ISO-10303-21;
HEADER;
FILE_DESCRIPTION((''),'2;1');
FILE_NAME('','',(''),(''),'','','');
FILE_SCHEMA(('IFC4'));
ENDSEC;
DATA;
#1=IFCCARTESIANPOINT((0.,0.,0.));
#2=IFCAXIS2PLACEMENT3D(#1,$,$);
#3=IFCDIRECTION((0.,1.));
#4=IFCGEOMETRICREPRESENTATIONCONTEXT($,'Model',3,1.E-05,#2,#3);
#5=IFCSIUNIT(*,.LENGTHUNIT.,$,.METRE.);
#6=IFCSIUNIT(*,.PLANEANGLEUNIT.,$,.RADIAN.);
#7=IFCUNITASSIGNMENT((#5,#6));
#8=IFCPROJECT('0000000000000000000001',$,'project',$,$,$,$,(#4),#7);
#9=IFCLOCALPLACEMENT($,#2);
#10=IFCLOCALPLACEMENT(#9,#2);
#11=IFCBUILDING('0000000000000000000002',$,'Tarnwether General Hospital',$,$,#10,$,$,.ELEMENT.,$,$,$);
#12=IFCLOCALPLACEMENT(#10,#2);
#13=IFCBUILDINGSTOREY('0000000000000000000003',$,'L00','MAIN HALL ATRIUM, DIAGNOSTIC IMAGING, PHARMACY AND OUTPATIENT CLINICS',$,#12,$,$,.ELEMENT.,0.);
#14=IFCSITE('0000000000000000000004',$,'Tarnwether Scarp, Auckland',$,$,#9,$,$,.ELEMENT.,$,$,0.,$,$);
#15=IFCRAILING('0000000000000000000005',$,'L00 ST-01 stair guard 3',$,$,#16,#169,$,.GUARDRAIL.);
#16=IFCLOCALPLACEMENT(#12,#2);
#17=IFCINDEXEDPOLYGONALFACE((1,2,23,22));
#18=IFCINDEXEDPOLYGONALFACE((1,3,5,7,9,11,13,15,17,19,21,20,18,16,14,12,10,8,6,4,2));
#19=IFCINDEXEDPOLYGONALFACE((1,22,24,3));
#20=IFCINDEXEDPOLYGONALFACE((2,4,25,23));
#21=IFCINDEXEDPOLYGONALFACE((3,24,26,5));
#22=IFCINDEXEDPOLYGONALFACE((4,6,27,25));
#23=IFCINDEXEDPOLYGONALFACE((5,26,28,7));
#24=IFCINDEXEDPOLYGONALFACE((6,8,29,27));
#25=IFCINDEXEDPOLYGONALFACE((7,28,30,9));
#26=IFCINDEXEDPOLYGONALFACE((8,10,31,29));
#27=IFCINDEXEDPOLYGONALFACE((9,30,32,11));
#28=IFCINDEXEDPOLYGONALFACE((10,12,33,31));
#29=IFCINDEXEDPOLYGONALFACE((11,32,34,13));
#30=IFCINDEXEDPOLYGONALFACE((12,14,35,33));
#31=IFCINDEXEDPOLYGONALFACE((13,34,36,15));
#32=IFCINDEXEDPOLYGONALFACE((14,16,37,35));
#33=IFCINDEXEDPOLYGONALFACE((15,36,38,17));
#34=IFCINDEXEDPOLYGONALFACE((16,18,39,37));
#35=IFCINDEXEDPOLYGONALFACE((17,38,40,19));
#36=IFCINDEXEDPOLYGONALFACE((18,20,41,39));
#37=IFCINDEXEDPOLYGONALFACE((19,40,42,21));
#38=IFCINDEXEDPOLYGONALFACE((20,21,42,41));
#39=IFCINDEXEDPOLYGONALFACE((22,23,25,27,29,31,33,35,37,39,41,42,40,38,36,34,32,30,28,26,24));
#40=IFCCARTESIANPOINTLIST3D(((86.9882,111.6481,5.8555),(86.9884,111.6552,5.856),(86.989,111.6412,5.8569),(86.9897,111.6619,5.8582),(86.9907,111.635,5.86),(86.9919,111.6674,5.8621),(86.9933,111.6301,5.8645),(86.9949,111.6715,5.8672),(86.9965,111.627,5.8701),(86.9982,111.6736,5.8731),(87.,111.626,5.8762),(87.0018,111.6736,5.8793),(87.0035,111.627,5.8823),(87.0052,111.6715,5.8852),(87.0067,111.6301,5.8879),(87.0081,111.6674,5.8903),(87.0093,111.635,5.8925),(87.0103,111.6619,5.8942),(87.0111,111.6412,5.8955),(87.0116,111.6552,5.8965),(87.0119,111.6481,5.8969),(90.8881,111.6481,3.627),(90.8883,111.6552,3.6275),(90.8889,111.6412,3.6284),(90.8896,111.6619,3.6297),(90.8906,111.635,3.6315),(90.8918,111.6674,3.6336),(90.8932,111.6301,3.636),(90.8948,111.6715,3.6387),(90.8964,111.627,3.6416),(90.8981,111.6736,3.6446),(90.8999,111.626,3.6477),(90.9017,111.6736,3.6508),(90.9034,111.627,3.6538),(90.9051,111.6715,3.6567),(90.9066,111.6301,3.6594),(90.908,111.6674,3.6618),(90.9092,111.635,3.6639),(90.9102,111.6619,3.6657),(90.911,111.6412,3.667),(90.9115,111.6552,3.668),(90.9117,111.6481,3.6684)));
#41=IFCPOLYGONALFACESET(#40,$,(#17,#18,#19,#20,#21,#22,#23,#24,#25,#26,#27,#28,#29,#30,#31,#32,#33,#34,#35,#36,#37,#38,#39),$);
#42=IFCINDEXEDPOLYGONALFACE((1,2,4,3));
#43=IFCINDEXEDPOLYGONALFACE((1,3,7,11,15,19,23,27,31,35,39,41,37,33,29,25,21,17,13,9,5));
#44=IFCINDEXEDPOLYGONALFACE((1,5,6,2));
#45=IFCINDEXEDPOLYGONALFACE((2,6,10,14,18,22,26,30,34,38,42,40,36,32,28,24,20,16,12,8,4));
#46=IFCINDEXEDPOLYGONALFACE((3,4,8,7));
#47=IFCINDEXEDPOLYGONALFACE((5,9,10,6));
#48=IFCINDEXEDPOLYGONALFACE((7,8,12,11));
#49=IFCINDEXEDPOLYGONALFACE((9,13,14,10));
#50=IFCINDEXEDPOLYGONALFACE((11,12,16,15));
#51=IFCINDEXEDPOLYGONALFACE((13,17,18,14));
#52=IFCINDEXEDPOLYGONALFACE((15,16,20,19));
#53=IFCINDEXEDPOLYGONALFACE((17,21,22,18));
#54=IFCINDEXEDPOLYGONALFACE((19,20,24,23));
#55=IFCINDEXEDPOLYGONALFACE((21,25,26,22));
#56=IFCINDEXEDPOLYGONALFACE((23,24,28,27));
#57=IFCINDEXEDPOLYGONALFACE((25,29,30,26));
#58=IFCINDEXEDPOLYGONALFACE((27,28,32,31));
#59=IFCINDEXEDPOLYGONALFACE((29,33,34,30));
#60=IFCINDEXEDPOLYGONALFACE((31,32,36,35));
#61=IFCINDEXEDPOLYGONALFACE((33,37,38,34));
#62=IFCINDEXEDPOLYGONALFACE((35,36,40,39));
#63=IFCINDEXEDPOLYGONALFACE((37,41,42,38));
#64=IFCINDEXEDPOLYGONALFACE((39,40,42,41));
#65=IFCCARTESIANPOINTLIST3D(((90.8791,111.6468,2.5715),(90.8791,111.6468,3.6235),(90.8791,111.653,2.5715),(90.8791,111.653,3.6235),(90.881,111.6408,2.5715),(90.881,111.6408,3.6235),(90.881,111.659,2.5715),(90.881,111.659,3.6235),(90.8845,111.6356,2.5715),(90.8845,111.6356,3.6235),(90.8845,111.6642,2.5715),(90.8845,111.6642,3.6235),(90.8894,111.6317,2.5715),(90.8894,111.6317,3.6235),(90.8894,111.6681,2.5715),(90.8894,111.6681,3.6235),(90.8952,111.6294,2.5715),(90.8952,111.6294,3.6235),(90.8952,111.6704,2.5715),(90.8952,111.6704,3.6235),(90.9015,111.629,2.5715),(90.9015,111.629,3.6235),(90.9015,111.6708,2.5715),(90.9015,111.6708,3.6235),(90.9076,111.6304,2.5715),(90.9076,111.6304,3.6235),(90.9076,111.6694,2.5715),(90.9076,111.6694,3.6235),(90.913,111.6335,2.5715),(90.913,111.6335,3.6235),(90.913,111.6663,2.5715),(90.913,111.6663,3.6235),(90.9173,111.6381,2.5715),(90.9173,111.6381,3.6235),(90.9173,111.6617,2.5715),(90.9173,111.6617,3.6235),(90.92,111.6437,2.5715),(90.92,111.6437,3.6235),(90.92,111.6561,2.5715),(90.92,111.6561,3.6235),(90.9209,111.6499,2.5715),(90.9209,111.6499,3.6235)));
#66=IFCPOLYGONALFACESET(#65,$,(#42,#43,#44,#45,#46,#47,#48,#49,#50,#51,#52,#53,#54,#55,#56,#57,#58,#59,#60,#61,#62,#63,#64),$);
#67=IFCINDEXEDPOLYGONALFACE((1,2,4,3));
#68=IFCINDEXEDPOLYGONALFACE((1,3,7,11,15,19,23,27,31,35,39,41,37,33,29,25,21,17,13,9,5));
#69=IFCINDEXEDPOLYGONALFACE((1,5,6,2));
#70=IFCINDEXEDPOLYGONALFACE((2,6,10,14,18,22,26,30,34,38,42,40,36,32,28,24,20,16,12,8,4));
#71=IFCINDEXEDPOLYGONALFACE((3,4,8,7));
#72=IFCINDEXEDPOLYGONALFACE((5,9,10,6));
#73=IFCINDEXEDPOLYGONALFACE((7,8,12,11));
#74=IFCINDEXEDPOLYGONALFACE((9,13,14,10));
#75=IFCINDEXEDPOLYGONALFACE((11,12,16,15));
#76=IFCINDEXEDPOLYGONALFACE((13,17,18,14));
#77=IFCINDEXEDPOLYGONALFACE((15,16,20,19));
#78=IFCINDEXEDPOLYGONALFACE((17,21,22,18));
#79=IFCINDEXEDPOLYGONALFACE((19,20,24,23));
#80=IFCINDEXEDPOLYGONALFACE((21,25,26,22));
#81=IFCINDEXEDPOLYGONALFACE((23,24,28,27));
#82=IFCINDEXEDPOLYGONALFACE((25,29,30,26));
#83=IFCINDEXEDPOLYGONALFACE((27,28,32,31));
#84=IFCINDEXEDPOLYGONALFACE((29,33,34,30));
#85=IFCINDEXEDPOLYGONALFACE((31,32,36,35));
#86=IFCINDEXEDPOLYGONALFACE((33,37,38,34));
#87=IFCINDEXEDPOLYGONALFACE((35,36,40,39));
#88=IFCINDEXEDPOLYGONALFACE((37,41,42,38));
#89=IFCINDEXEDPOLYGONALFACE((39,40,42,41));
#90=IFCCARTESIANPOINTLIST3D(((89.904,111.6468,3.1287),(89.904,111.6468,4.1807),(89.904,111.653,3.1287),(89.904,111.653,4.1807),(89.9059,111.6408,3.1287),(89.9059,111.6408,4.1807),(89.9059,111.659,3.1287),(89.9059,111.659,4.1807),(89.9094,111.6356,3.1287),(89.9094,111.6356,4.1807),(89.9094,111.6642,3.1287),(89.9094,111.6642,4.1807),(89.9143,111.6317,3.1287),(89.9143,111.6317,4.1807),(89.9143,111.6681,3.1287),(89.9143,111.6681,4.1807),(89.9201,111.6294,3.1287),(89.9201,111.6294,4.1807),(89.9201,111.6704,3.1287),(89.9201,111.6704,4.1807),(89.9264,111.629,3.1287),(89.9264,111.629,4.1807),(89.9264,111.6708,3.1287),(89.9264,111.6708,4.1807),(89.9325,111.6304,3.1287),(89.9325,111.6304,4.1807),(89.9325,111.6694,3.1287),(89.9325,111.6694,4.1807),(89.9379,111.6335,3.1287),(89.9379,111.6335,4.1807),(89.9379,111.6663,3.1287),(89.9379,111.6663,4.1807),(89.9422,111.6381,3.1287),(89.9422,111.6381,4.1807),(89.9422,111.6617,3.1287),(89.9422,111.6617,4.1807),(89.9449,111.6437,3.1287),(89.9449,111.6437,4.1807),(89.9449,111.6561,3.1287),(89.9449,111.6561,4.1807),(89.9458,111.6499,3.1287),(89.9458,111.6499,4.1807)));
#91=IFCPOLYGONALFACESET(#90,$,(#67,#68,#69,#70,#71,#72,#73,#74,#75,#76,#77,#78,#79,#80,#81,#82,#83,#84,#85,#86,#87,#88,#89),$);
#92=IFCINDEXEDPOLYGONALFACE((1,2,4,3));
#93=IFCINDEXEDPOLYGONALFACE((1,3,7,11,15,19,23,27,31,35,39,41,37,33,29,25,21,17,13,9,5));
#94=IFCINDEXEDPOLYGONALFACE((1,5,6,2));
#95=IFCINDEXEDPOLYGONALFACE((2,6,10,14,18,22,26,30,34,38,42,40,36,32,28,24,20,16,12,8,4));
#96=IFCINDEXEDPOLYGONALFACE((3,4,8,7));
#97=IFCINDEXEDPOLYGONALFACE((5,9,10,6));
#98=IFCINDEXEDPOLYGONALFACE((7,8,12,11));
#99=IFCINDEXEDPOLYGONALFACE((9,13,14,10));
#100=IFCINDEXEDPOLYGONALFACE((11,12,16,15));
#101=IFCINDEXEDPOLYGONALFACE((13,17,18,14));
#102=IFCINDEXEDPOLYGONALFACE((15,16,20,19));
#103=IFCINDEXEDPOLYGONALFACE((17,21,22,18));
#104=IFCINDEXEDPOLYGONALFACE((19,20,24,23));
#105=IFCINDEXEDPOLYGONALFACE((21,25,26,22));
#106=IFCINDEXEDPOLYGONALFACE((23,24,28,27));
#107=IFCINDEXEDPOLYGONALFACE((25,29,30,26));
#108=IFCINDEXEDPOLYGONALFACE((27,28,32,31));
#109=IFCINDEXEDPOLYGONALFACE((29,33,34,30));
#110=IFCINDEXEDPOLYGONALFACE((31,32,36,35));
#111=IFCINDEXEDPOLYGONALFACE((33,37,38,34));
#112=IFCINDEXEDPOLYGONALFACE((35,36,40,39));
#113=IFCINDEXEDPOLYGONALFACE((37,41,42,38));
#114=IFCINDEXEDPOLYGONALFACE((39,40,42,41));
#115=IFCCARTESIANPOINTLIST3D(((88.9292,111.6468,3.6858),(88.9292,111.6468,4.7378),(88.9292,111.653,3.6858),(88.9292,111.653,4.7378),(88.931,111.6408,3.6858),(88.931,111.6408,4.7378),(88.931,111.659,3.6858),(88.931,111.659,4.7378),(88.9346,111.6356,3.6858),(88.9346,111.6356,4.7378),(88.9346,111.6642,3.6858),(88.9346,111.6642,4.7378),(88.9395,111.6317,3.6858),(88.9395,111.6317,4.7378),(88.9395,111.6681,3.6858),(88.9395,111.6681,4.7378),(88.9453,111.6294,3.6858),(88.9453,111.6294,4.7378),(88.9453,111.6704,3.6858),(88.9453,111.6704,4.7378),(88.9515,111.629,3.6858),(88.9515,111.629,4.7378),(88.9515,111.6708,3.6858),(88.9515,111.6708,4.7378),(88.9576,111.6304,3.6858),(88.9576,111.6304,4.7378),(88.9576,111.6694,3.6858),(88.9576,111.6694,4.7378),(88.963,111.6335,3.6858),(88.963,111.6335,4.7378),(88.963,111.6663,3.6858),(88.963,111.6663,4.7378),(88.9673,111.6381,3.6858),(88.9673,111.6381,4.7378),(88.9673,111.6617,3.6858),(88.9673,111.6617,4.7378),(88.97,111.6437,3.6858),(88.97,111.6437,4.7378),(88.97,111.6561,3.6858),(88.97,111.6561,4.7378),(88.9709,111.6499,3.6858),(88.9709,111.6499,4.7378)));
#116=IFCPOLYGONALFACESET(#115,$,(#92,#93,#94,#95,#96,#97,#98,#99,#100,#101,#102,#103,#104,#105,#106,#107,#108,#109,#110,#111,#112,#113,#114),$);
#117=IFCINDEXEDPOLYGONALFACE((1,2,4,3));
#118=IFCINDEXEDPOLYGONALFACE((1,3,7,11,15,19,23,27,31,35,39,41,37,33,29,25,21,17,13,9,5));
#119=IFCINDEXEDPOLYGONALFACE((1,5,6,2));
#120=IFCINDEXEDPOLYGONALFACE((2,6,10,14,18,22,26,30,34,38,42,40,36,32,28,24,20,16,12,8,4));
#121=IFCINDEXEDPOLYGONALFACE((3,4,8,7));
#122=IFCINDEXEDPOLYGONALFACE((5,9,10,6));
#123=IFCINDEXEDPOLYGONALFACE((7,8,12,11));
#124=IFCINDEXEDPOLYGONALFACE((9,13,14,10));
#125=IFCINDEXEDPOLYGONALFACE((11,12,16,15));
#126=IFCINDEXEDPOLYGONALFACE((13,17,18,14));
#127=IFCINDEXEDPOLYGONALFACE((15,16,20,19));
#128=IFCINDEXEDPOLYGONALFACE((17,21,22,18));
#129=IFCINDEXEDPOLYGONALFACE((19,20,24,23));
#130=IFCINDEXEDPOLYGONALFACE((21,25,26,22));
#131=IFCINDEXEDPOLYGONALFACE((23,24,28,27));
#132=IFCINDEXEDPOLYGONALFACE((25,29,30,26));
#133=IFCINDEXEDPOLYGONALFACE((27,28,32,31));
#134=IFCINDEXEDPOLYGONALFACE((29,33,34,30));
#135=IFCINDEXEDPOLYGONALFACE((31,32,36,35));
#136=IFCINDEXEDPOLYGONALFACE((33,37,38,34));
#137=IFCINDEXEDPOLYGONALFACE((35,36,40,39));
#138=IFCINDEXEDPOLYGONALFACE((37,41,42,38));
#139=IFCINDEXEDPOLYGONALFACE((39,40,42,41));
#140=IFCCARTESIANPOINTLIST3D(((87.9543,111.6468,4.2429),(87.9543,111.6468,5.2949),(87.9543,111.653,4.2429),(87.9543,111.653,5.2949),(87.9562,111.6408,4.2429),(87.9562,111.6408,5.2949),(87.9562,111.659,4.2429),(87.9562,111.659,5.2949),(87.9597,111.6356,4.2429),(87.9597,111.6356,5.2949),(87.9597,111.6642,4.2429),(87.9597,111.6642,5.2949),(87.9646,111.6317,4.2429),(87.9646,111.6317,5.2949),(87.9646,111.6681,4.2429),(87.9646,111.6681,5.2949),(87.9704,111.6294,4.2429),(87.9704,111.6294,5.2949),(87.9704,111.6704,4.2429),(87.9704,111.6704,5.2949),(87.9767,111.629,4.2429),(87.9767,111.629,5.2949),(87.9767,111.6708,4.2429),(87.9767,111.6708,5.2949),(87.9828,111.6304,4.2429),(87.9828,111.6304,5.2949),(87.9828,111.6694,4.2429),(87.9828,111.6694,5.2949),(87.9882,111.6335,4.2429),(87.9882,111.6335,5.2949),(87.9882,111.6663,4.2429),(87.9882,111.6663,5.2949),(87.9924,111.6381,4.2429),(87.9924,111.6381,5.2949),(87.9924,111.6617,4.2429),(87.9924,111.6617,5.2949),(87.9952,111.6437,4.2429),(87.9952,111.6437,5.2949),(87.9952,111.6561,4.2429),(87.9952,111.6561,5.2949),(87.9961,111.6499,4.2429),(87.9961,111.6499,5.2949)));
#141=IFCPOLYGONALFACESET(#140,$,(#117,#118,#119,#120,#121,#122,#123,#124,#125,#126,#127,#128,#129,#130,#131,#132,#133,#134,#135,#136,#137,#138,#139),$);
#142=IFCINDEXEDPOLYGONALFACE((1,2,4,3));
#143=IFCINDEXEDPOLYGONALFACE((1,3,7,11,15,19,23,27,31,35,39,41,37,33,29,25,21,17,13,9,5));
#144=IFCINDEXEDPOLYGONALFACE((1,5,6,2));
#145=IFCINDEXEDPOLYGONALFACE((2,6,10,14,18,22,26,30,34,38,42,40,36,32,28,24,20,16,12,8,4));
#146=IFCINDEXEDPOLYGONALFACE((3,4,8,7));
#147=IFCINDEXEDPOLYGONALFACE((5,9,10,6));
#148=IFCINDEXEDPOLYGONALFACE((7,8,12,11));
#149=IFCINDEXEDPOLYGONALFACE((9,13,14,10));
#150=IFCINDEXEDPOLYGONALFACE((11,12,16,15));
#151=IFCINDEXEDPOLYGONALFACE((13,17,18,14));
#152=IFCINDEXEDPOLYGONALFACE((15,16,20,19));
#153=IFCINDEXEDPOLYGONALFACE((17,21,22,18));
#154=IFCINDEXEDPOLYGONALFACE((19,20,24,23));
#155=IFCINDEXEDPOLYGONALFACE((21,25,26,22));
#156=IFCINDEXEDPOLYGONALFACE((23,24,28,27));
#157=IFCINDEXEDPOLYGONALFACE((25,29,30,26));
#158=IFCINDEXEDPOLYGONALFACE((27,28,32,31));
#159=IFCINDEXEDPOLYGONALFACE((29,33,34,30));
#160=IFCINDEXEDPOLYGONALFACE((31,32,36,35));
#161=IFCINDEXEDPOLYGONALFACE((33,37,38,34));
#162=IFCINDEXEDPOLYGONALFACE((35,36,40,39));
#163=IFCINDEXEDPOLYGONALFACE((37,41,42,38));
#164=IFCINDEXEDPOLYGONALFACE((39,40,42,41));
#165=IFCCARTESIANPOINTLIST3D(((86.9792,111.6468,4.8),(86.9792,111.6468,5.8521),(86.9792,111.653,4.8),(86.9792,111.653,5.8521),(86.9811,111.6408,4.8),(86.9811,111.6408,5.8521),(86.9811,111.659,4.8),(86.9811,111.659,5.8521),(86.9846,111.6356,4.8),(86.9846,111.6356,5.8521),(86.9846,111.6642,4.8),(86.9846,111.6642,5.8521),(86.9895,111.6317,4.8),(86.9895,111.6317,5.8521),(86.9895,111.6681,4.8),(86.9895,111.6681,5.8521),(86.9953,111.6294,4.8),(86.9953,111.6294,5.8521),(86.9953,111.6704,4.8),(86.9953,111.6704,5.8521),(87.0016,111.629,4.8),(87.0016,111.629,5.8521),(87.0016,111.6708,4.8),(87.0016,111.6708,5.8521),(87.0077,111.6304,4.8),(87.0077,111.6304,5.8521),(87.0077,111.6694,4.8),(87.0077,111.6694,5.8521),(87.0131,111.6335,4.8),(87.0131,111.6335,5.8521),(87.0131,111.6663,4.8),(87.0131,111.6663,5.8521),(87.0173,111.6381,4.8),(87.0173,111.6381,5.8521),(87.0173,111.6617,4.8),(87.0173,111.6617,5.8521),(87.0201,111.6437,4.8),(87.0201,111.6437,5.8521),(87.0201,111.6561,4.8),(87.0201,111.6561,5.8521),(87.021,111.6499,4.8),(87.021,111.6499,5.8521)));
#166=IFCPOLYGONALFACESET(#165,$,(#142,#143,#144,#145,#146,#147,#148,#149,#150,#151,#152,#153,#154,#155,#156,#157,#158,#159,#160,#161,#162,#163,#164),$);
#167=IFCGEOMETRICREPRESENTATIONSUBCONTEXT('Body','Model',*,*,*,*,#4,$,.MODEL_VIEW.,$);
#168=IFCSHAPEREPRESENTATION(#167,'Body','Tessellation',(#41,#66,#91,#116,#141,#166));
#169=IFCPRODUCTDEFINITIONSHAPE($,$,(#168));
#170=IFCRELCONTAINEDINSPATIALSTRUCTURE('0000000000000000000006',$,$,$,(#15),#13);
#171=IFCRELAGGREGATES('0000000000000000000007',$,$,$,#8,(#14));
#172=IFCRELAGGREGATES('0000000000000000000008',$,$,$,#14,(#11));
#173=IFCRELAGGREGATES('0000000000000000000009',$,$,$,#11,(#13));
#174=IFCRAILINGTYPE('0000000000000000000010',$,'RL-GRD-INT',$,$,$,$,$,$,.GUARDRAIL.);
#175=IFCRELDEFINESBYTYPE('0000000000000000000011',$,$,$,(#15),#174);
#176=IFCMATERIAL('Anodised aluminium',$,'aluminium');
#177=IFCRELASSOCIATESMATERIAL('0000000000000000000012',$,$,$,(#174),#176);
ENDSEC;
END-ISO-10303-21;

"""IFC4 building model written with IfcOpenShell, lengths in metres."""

from ifc_helpers import new_model, si_unit, direction, frame, origin, origin_2d, place, context, subcontext, project, spatial, circle, extrude, material, type_object, element, save


model = new_model("IFC4")

# Units and contexts
model_context = context("Model", 3, precision=1e-05, world=origin(), true_north=direction((0.0, 1.0)))
body_context = subcontext(model_context, "Body", "Model", "MODEL_VIEW")
ifc_project = project(units=[si_unit("LENGTHUNIT", "METRE"), si_unit("PLANEANGLEUNIT", "RADIAN")], contexts=[model_context])

# Site, building, storey
site_placement = place(None, origin())
site = spatial("IfcSite", under=ifc_project, at=site_placement, Name="Tarnwether Scarp, Auckland", CompositionType="ELEMENT", RefElevation=0.0)
building_placement = place(site_placement, origin())
building = spatial("IfcBuilding", under=site, at=building_placement, Name="Tarnwether General Hospital", CompositionType="ELEMENT")
storey_placement = place(building_placement, origin())
storey = spatial("IfcBuildingStorey", under=building, at=storey_placement, Name="L00", Description="MAIN HALL ATRIUM, DIAGNOSTIC IMAGING, PHARMACY AND OUTPATIENT CLINICS", CompositionType="ELEMENT", Elevation=0.0)

# Railing
ifc_material_1 = material(Name="Anodised aluminium", Category="aluminium")
railing_type_1 = type_object("IfcRailingType", Name="RL-GRD-INT", PredefinedType="GUARDRAIL", material=ifc_material_1)
railing_1_placement = place(storey_placement, frame((90.8999, 111.6499, 2.5715)))
element("IfcRailing", 1, at=railing_1_placement, inside=storey, type_object=railing_type_1, Name="L00 ST-01 stair guard 3", PredefinedType="GUARDRAIL", context=body_context, shape_type="SweptSolid", body=[
    extrude(circle(Radius=0.0239, at=origin_2d()), frame((0.0, 0.0, 1.0762), z_axis=(-0.868243, 0.0, 0.496139), x_axis=(0.0, -1.0, 0.0)), (0.0, 0.0, 1.0), 4.4917),
    extrude(circle(Radius=0.021, at=origin_2d()), origin(), (0.0, 0.0, 1.0), 1.052),
    extrude(circle(Radius=0.021, at=origin_2d()), frame((-0.9751, 0.0, 0.5571)), (0.0, 0.0, 1.0), 1.052),
    extrude(circle(Radius=0.021, at=origin_2d()), frame((-1.95, 0.0, 1.1143)), (0.0, 0.0, 1.0), 1.052),
    extrude(circle(Radius=0.021, at=origin_2d()), frame((-2.9248, 0.0, 1.6714)), (0.0, 0.0, 1.0), 1.052),
    extrude(circle(Radius=0.021, at=origin_2d()), frame((-3.8999, 0.0, 2.2285)), (0.0, 0.0, 1.0), 1.052),
])

save(model, "model.ifc")
